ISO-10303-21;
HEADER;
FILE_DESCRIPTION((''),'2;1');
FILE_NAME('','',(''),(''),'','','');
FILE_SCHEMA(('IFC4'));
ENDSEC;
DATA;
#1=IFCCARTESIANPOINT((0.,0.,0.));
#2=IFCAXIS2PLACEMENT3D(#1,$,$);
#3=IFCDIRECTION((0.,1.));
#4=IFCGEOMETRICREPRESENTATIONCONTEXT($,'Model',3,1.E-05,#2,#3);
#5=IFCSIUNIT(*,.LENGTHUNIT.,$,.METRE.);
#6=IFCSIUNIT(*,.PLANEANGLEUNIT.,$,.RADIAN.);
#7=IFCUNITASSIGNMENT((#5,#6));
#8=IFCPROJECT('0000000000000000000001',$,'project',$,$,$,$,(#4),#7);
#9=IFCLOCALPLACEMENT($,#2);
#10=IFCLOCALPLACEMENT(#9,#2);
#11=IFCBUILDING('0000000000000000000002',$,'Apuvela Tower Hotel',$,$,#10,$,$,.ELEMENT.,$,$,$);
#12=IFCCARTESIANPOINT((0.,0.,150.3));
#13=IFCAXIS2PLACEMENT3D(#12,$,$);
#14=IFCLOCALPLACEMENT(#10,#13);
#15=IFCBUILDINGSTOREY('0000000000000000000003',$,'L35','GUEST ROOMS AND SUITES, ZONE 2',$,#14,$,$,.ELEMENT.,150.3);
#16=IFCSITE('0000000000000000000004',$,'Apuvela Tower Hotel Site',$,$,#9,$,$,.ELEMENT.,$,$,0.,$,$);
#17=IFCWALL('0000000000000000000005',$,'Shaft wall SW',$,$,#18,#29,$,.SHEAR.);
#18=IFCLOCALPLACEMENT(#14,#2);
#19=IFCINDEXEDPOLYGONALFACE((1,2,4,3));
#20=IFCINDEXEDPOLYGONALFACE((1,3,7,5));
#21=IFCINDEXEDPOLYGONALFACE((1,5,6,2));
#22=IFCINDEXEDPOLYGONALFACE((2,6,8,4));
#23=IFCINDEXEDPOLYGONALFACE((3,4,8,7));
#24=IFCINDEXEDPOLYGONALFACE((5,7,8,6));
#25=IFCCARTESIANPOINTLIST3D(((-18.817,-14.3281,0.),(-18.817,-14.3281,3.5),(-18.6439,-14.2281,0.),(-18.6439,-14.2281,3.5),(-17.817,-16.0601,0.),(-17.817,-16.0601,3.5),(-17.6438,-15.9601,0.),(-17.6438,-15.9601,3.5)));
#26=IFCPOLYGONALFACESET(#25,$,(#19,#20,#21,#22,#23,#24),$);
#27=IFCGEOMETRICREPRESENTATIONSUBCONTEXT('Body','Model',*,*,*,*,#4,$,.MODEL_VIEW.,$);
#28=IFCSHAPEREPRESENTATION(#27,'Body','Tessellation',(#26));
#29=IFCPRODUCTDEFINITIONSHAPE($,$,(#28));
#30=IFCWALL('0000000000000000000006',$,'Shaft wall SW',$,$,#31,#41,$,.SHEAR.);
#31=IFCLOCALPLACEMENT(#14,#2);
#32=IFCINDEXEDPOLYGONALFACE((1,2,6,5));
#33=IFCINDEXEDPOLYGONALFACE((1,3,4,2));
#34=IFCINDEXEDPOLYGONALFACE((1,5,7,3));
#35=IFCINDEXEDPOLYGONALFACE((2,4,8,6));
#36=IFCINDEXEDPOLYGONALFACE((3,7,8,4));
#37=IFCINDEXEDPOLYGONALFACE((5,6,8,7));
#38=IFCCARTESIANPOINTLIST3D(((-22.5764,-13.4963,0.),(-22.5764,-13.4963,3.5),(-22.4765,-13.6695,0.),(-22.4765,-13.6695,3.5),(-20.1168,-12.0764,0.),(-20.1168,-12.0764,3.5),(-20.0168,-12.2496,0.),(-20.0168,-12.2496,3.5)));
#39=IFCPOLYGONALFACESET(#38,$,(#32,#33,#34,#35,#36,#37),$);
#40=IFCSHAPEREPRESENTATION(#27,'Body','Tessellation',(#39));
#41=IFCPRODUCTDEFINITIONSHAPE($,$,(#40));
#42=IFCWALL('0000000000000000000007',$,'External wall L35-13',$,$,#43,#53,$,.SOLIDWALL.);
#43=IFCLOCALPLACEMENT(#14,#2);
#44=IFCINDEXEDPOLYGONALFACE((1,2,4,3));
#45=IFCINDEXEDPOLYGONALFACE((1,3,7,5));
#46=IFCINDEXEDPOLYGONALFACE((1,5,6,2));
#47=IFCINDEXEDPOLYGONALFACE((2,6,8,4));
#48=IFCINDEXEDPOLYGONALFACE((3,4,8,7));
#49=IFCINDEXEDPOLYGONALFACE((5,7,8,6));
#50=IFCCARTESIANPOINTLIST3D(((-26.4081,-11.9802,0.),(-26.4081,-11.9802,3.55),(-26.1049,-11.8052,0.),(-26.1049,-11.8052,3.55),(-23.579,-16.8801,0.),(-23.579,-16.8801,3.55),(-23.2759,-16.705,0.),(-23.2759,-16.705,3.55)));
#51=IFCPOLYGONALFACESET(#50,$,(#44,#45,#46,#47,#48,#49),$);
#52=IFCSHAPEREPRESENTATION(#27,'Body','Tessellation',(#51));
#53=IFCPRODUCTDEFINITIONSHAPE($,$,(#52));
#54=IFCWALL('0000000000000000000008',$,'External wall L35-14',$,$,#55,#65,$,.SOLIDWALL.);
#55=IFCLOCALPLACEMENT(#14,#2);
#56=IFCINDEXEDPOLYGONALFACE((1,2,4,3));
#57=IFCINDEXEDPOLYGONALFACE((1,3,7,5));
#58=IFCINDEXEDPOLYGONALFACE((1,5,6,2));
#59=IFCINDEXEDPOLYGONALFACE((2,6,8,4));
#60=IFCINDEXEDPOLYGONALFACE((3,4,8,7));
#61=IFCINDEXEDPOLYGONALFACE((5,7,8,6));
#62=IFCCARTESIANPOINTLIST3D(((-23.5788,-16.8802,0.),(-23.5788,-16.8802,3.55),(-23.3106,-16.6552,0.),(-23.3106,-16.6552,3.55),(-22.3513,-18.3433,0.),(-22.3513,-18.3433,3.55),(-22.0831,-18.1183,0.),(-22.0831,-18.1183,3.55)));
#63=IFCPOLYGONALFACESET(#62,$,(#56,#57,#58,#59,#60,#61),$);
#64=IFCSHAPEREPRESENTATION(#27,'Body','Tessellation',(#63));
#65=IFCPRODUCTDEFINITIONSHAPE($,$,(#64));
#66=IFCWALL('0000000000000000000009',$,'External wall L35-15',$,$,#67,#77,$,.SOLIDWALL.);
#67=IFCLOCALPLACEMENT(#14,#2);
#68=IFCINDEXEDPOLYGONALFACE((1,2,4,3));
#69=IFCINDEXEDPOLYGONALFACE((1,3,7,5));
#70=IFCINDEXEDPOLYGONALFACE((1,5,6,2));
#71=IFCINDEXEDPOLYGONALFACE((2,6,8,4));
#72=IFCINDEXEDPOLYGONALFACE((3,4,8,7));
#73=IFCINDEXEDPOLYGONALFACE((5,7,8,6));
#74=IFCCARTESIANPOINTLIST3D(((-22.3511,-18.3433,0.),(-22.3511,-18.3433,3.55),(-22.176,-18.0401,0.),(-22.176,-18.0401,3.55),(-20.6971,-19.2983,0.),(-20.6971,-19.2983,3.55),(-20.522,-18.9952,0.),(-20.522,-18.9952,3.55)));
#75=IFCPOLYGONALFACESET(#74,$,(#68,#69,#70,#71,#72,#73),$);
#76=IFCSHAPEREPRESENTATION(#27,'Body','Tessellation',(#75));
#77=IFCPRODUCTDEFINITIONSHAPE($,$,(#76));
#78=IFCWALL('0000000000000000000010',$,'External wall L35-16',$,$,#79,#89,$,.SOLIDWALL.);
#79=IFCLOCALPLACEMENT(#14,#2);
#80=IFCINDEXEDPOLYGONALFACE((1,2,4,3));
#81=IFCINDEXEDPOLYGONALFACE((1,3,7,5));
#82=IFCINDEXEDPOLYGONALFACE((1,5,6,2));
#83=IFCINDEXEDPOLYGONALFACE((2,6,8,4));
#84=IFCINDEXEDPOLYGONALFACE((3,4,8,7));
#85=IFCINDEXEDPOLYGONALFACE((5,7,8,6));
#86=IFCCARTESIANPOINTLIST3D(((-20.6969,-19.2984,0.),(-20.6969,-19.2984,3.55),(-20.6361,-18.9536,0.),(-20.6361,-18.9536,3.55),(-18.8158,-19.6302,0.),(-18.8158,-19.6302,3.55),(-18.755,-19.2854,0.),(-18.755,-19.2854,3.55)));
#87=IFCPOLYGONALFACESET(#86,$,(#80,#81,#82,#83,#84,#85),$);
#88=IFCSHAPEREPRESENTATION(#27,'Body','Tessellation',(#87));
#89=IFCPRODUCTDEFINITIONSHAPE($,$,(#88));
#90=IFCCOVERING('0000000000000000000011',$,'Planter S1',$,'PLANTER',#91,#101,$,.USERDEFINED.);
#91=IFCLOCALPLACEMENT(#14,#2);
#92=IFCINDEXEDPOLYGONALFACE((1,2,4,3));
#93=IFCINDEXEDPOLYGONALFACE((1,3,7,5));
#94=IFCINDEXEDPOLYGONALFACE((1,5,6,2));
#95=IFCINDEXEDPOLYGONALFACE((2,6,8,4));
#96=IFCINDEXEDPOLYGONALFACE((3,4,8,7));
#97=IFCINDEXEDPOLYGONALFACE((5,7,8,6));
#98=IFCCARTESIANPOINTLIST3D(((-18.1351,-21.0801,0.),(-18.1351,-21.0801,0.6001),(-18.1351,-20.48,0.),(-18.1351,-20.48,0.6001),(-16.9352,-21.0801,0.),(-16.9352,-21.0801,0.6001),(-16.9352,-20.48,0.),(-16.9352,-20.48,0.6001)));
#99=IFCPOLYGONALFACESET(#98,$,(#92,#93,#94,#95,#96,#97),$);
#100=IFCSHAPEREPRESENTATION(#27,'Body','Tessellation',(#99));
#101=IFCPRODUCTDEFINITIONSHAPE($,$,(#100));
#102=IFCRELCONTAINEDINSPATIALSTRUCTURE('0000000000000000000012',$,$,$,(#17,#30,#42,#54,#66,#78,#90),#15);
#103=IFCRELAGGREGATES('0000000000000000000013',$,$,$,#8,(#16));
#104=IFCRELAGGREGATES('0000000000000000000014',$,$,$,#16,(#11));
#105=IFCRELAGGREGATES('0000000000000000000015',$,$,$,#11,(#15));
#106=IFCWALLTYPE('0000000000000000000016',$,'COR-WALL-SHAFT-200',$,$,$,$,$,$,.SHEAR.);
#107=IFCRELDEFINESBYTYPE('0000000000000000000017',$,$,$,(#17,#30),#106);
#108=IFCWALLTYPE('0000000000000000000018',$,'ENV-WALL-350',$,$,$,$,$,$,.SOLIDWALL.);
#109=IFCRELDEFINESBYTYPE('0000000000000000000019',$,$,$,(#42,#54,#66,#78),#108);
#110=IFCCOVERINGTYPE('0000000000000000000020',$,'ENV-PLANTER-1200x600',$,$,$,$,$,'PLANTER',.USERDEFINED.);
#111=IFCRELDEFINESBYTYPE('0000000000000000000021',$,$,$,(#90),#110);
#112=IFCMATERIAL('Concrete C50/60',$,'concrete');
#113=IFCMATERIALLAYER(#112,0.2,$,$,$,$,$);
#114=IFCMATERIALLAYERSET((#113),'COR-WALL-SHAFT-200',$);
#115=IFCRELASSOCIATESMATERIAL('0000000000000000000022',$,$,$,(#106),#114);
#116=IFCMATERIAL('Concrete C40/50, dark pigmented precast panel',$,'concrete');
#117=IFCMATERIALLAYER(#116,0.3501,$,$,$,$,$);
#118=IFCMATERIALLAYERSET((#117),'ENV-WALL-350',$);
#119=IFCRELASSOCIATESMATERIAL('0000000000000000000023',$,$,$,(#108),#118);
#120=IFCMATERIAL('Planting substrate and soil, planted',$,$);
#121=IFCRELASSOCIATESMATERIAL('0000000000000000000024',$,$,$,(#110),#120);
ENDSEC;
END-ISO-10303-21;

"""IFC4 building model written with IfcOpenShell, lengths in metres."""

from ifc_helpers import new_model, si_unit, direction, frame, frame_2d, origin, origin_2d, place, context, subcontext, project, spatial, rectangle, extrude, material, layer, layer_set, type_object, element, save


model = new_model("IFC4")

# Units and contexts
model_context = context("Model", 3, precision=1e-05, world=origin(), true_north=direction((0.0, 1.0)))
body_context = subcontext(model_context, "Body", "Model", "MODEL_VIEW")
ifc_project = project(units=[si_unit("LENGTHUNIT", "METRE"), si_unit("PLANEANGLEUNIT", "RADIAN")], contexts=[model_context])

# Site, building, storey
site_placement = place(None, origin())
site = spatial("IfcSite", under=ifc_project, at=site_placement, Name="Apuvela Tower Hotel Site", CompositionType="ELEMENT", RefElevation=0.0)
building_placement = place(site_placement, origin())
building = spatial("IfcBuilding", under=site, at=building_placement, Name="Apuvela Tower Hotel", CompositionType="ELEMENT")
storey_placement = place(building_placement, frame((0.0, 0.0, 150.3)))
storey = spatial("IfcBuildingStorey", under=building, at=storey_placement, Name="L35", Description="GUEST ROOMS AND SUITES, ZONE 2", CompositionType="ELEMENT", Elevation=150.3)

# Shared definitions
ifc_material_1 = material(Name="Concrete C50/60", Category="concrete")
ifc_layer_1 = layer(ifc_material_1, 0.2)
ifc_layer_set_1 = layer_set([ifc_layer_1], Name="COR-WALL-SHAFT-200")
wall_type_1 = type_object("IfcWallType", Name="COR-WALL-SHAFT-200", PredefinedType="SHEAR", material=ifc_layer_set_1)

# Walls
for number, where, z_axis, x_axis, name in (
    (1, (-18.7305, -14.2781, 0.0), (0.0, 0.0, 1.0), (0.500025, -0.866011, 0.0), "Shaft wall SW"),
):
    element("IfcWall", number, at=place(storey_placement, frame(where, z_axis=z_axis, x_axis=x_axis)), inside=storey, type_object=wall_type_1, Name=name, PredefinedType="SHEAR", context=body_context, shape_type="SweptSolid", body=[
        extrude(rectangle(XDim=2.0, YDim=0.2, at=frame_2d((1.0, 0.0))), origin(), (0.0, 0.0, 1.0), 3.5),
    ])
wall_1_placement = place(storey_placement, frame((-20.0669, -12.1631, 0.0), z_axis=(0.0, 0.0, 1.0), x_axis=(-0.866055, -0.499948, 0.0)))
element("IfcWall", 2, at=wall_1_placement, inside=storey, type_object=wall_type_1, Name="Shaft wall SW", PredefinedType="SHEAR", context=body_context, shape_type="SweptSolid", body=[
    extrude(rectangle(XDim=2.8401, YDim=0.2, at=frame_2d((1.4199, 0.0))), origin(), (0.0, 0.0, 1.0), 3.5),
])
ifc_material_2 = material(Name="Concrete C40/50, dark pigmented precast panel", Category="concrete")
ifc_layer_2 = layer(ifc_material_2, 0.3501)
ifc_layer_set_2 = layer_set([ifc_layer_2], Name="ENV-WALL-350")
wall_type_2 = type_object("IfcWallType", Name="ENV-WALL-350", PredefinedType="SOLIDWALL", material=ifc_layer_set_2)
wall_2_placement = place(storey_placement, frame((-26.2566, -11.8926, 0.0), z_axis=(0.0, 0.0, 1.0), x_axis=(0.500019, -0.866015, 0.0)))
element("IfcWall", 3, at=wall_2_placement, inside=storey, type_object=wall_type_2, Name="External wall L35-13", PredefinedType="SOLIDWALL", context=body_context, shape_type="SweptSolid", body=[
    extrude(rectangle(XDim=5.658, YDim=0.3501, at=frame_2d((2.8291, 0.0))), origin(), (0.0, 0.0, 1.0), 3.55),
])
for number, where, z_axis, x_axis, name in (
    (4, (-23.4448, -16.7676, 0.0), (0.0, 0.0, 1.0), (0.642733, -0.76609, 0.0), "External wall L35-14"),
    (5, (-22.2637, -18.1917, 0.0), (0.0, 0.0, 1.0), (0.866, -0.500043, 0.0), "External wall L35-15"),
):
    element("IfcWall", number, at=place(storey_placement, frame(where, z_axis=z_axis, x_axis=x_axis)), inside=storey, type_object=wall_type_2, Name=name, PredefinedType="SOLIDWALL", context=body_context, shape_type="SweptSolid", body=[
        extrude(rectangle(XDim=1.9099, YDim=0.3501, at=frame_2d((0.9551, 0.0))), origin(), (0.0, 0.0, 1.0), 3.55),
    ])
wall_3_placement = place(storey_placement, frame((-20.6665, -19.126, 0.0), z_axis=(0.0, 0.0, 1.0), x_axis=(0.984799, -0.173698, 0.0)))
element("IfcWall", 6, at=wall_3_placement, inside=storey, type_object=wall_type_2, Name="External wall L35-16", PredefinedType="SOLIDWALL", context=body_context, shape_type="SweptSolid", body=[
    extrude(rectangle(XDim=1.9102, YDim=0.3501, at=frame_2d((0.9551, 0.0))), origin(), (0.0, 0.0, 1.0), 3.55),
])

# Covering
ifc_material_3 = material(Name="Planting substrate and soil, planted")
covering_type = type_object("IfcCoveringType", Name="ENV-PLANTER-1200x600", ElementType="PLANTER", PredefinedType="USERDEFINED", material=ifc_material_3)
covering_placement = place(storey_placement, frame((-17.5352, -20.78, 0.0), z_axis=(0.0, 0.0, 1.0), x_axis=(1.0, 0.0, 0.0)))
element("IfcCovering", 7, at=covering_placement, inside=storey, type_object=covering_type, Name="Planter S1", ObjectType="PLANTER", PredefinedType="USERDEFINED", context=body_context, shape_type="SweptSolid", body=[
    extrude(rectangle(XDim=1.2, YDim=0.6001, at=origin_2d()), origin(), (0.0, 0.0, 1.0), 0.6001),
])

save(model, "model.ifc")
